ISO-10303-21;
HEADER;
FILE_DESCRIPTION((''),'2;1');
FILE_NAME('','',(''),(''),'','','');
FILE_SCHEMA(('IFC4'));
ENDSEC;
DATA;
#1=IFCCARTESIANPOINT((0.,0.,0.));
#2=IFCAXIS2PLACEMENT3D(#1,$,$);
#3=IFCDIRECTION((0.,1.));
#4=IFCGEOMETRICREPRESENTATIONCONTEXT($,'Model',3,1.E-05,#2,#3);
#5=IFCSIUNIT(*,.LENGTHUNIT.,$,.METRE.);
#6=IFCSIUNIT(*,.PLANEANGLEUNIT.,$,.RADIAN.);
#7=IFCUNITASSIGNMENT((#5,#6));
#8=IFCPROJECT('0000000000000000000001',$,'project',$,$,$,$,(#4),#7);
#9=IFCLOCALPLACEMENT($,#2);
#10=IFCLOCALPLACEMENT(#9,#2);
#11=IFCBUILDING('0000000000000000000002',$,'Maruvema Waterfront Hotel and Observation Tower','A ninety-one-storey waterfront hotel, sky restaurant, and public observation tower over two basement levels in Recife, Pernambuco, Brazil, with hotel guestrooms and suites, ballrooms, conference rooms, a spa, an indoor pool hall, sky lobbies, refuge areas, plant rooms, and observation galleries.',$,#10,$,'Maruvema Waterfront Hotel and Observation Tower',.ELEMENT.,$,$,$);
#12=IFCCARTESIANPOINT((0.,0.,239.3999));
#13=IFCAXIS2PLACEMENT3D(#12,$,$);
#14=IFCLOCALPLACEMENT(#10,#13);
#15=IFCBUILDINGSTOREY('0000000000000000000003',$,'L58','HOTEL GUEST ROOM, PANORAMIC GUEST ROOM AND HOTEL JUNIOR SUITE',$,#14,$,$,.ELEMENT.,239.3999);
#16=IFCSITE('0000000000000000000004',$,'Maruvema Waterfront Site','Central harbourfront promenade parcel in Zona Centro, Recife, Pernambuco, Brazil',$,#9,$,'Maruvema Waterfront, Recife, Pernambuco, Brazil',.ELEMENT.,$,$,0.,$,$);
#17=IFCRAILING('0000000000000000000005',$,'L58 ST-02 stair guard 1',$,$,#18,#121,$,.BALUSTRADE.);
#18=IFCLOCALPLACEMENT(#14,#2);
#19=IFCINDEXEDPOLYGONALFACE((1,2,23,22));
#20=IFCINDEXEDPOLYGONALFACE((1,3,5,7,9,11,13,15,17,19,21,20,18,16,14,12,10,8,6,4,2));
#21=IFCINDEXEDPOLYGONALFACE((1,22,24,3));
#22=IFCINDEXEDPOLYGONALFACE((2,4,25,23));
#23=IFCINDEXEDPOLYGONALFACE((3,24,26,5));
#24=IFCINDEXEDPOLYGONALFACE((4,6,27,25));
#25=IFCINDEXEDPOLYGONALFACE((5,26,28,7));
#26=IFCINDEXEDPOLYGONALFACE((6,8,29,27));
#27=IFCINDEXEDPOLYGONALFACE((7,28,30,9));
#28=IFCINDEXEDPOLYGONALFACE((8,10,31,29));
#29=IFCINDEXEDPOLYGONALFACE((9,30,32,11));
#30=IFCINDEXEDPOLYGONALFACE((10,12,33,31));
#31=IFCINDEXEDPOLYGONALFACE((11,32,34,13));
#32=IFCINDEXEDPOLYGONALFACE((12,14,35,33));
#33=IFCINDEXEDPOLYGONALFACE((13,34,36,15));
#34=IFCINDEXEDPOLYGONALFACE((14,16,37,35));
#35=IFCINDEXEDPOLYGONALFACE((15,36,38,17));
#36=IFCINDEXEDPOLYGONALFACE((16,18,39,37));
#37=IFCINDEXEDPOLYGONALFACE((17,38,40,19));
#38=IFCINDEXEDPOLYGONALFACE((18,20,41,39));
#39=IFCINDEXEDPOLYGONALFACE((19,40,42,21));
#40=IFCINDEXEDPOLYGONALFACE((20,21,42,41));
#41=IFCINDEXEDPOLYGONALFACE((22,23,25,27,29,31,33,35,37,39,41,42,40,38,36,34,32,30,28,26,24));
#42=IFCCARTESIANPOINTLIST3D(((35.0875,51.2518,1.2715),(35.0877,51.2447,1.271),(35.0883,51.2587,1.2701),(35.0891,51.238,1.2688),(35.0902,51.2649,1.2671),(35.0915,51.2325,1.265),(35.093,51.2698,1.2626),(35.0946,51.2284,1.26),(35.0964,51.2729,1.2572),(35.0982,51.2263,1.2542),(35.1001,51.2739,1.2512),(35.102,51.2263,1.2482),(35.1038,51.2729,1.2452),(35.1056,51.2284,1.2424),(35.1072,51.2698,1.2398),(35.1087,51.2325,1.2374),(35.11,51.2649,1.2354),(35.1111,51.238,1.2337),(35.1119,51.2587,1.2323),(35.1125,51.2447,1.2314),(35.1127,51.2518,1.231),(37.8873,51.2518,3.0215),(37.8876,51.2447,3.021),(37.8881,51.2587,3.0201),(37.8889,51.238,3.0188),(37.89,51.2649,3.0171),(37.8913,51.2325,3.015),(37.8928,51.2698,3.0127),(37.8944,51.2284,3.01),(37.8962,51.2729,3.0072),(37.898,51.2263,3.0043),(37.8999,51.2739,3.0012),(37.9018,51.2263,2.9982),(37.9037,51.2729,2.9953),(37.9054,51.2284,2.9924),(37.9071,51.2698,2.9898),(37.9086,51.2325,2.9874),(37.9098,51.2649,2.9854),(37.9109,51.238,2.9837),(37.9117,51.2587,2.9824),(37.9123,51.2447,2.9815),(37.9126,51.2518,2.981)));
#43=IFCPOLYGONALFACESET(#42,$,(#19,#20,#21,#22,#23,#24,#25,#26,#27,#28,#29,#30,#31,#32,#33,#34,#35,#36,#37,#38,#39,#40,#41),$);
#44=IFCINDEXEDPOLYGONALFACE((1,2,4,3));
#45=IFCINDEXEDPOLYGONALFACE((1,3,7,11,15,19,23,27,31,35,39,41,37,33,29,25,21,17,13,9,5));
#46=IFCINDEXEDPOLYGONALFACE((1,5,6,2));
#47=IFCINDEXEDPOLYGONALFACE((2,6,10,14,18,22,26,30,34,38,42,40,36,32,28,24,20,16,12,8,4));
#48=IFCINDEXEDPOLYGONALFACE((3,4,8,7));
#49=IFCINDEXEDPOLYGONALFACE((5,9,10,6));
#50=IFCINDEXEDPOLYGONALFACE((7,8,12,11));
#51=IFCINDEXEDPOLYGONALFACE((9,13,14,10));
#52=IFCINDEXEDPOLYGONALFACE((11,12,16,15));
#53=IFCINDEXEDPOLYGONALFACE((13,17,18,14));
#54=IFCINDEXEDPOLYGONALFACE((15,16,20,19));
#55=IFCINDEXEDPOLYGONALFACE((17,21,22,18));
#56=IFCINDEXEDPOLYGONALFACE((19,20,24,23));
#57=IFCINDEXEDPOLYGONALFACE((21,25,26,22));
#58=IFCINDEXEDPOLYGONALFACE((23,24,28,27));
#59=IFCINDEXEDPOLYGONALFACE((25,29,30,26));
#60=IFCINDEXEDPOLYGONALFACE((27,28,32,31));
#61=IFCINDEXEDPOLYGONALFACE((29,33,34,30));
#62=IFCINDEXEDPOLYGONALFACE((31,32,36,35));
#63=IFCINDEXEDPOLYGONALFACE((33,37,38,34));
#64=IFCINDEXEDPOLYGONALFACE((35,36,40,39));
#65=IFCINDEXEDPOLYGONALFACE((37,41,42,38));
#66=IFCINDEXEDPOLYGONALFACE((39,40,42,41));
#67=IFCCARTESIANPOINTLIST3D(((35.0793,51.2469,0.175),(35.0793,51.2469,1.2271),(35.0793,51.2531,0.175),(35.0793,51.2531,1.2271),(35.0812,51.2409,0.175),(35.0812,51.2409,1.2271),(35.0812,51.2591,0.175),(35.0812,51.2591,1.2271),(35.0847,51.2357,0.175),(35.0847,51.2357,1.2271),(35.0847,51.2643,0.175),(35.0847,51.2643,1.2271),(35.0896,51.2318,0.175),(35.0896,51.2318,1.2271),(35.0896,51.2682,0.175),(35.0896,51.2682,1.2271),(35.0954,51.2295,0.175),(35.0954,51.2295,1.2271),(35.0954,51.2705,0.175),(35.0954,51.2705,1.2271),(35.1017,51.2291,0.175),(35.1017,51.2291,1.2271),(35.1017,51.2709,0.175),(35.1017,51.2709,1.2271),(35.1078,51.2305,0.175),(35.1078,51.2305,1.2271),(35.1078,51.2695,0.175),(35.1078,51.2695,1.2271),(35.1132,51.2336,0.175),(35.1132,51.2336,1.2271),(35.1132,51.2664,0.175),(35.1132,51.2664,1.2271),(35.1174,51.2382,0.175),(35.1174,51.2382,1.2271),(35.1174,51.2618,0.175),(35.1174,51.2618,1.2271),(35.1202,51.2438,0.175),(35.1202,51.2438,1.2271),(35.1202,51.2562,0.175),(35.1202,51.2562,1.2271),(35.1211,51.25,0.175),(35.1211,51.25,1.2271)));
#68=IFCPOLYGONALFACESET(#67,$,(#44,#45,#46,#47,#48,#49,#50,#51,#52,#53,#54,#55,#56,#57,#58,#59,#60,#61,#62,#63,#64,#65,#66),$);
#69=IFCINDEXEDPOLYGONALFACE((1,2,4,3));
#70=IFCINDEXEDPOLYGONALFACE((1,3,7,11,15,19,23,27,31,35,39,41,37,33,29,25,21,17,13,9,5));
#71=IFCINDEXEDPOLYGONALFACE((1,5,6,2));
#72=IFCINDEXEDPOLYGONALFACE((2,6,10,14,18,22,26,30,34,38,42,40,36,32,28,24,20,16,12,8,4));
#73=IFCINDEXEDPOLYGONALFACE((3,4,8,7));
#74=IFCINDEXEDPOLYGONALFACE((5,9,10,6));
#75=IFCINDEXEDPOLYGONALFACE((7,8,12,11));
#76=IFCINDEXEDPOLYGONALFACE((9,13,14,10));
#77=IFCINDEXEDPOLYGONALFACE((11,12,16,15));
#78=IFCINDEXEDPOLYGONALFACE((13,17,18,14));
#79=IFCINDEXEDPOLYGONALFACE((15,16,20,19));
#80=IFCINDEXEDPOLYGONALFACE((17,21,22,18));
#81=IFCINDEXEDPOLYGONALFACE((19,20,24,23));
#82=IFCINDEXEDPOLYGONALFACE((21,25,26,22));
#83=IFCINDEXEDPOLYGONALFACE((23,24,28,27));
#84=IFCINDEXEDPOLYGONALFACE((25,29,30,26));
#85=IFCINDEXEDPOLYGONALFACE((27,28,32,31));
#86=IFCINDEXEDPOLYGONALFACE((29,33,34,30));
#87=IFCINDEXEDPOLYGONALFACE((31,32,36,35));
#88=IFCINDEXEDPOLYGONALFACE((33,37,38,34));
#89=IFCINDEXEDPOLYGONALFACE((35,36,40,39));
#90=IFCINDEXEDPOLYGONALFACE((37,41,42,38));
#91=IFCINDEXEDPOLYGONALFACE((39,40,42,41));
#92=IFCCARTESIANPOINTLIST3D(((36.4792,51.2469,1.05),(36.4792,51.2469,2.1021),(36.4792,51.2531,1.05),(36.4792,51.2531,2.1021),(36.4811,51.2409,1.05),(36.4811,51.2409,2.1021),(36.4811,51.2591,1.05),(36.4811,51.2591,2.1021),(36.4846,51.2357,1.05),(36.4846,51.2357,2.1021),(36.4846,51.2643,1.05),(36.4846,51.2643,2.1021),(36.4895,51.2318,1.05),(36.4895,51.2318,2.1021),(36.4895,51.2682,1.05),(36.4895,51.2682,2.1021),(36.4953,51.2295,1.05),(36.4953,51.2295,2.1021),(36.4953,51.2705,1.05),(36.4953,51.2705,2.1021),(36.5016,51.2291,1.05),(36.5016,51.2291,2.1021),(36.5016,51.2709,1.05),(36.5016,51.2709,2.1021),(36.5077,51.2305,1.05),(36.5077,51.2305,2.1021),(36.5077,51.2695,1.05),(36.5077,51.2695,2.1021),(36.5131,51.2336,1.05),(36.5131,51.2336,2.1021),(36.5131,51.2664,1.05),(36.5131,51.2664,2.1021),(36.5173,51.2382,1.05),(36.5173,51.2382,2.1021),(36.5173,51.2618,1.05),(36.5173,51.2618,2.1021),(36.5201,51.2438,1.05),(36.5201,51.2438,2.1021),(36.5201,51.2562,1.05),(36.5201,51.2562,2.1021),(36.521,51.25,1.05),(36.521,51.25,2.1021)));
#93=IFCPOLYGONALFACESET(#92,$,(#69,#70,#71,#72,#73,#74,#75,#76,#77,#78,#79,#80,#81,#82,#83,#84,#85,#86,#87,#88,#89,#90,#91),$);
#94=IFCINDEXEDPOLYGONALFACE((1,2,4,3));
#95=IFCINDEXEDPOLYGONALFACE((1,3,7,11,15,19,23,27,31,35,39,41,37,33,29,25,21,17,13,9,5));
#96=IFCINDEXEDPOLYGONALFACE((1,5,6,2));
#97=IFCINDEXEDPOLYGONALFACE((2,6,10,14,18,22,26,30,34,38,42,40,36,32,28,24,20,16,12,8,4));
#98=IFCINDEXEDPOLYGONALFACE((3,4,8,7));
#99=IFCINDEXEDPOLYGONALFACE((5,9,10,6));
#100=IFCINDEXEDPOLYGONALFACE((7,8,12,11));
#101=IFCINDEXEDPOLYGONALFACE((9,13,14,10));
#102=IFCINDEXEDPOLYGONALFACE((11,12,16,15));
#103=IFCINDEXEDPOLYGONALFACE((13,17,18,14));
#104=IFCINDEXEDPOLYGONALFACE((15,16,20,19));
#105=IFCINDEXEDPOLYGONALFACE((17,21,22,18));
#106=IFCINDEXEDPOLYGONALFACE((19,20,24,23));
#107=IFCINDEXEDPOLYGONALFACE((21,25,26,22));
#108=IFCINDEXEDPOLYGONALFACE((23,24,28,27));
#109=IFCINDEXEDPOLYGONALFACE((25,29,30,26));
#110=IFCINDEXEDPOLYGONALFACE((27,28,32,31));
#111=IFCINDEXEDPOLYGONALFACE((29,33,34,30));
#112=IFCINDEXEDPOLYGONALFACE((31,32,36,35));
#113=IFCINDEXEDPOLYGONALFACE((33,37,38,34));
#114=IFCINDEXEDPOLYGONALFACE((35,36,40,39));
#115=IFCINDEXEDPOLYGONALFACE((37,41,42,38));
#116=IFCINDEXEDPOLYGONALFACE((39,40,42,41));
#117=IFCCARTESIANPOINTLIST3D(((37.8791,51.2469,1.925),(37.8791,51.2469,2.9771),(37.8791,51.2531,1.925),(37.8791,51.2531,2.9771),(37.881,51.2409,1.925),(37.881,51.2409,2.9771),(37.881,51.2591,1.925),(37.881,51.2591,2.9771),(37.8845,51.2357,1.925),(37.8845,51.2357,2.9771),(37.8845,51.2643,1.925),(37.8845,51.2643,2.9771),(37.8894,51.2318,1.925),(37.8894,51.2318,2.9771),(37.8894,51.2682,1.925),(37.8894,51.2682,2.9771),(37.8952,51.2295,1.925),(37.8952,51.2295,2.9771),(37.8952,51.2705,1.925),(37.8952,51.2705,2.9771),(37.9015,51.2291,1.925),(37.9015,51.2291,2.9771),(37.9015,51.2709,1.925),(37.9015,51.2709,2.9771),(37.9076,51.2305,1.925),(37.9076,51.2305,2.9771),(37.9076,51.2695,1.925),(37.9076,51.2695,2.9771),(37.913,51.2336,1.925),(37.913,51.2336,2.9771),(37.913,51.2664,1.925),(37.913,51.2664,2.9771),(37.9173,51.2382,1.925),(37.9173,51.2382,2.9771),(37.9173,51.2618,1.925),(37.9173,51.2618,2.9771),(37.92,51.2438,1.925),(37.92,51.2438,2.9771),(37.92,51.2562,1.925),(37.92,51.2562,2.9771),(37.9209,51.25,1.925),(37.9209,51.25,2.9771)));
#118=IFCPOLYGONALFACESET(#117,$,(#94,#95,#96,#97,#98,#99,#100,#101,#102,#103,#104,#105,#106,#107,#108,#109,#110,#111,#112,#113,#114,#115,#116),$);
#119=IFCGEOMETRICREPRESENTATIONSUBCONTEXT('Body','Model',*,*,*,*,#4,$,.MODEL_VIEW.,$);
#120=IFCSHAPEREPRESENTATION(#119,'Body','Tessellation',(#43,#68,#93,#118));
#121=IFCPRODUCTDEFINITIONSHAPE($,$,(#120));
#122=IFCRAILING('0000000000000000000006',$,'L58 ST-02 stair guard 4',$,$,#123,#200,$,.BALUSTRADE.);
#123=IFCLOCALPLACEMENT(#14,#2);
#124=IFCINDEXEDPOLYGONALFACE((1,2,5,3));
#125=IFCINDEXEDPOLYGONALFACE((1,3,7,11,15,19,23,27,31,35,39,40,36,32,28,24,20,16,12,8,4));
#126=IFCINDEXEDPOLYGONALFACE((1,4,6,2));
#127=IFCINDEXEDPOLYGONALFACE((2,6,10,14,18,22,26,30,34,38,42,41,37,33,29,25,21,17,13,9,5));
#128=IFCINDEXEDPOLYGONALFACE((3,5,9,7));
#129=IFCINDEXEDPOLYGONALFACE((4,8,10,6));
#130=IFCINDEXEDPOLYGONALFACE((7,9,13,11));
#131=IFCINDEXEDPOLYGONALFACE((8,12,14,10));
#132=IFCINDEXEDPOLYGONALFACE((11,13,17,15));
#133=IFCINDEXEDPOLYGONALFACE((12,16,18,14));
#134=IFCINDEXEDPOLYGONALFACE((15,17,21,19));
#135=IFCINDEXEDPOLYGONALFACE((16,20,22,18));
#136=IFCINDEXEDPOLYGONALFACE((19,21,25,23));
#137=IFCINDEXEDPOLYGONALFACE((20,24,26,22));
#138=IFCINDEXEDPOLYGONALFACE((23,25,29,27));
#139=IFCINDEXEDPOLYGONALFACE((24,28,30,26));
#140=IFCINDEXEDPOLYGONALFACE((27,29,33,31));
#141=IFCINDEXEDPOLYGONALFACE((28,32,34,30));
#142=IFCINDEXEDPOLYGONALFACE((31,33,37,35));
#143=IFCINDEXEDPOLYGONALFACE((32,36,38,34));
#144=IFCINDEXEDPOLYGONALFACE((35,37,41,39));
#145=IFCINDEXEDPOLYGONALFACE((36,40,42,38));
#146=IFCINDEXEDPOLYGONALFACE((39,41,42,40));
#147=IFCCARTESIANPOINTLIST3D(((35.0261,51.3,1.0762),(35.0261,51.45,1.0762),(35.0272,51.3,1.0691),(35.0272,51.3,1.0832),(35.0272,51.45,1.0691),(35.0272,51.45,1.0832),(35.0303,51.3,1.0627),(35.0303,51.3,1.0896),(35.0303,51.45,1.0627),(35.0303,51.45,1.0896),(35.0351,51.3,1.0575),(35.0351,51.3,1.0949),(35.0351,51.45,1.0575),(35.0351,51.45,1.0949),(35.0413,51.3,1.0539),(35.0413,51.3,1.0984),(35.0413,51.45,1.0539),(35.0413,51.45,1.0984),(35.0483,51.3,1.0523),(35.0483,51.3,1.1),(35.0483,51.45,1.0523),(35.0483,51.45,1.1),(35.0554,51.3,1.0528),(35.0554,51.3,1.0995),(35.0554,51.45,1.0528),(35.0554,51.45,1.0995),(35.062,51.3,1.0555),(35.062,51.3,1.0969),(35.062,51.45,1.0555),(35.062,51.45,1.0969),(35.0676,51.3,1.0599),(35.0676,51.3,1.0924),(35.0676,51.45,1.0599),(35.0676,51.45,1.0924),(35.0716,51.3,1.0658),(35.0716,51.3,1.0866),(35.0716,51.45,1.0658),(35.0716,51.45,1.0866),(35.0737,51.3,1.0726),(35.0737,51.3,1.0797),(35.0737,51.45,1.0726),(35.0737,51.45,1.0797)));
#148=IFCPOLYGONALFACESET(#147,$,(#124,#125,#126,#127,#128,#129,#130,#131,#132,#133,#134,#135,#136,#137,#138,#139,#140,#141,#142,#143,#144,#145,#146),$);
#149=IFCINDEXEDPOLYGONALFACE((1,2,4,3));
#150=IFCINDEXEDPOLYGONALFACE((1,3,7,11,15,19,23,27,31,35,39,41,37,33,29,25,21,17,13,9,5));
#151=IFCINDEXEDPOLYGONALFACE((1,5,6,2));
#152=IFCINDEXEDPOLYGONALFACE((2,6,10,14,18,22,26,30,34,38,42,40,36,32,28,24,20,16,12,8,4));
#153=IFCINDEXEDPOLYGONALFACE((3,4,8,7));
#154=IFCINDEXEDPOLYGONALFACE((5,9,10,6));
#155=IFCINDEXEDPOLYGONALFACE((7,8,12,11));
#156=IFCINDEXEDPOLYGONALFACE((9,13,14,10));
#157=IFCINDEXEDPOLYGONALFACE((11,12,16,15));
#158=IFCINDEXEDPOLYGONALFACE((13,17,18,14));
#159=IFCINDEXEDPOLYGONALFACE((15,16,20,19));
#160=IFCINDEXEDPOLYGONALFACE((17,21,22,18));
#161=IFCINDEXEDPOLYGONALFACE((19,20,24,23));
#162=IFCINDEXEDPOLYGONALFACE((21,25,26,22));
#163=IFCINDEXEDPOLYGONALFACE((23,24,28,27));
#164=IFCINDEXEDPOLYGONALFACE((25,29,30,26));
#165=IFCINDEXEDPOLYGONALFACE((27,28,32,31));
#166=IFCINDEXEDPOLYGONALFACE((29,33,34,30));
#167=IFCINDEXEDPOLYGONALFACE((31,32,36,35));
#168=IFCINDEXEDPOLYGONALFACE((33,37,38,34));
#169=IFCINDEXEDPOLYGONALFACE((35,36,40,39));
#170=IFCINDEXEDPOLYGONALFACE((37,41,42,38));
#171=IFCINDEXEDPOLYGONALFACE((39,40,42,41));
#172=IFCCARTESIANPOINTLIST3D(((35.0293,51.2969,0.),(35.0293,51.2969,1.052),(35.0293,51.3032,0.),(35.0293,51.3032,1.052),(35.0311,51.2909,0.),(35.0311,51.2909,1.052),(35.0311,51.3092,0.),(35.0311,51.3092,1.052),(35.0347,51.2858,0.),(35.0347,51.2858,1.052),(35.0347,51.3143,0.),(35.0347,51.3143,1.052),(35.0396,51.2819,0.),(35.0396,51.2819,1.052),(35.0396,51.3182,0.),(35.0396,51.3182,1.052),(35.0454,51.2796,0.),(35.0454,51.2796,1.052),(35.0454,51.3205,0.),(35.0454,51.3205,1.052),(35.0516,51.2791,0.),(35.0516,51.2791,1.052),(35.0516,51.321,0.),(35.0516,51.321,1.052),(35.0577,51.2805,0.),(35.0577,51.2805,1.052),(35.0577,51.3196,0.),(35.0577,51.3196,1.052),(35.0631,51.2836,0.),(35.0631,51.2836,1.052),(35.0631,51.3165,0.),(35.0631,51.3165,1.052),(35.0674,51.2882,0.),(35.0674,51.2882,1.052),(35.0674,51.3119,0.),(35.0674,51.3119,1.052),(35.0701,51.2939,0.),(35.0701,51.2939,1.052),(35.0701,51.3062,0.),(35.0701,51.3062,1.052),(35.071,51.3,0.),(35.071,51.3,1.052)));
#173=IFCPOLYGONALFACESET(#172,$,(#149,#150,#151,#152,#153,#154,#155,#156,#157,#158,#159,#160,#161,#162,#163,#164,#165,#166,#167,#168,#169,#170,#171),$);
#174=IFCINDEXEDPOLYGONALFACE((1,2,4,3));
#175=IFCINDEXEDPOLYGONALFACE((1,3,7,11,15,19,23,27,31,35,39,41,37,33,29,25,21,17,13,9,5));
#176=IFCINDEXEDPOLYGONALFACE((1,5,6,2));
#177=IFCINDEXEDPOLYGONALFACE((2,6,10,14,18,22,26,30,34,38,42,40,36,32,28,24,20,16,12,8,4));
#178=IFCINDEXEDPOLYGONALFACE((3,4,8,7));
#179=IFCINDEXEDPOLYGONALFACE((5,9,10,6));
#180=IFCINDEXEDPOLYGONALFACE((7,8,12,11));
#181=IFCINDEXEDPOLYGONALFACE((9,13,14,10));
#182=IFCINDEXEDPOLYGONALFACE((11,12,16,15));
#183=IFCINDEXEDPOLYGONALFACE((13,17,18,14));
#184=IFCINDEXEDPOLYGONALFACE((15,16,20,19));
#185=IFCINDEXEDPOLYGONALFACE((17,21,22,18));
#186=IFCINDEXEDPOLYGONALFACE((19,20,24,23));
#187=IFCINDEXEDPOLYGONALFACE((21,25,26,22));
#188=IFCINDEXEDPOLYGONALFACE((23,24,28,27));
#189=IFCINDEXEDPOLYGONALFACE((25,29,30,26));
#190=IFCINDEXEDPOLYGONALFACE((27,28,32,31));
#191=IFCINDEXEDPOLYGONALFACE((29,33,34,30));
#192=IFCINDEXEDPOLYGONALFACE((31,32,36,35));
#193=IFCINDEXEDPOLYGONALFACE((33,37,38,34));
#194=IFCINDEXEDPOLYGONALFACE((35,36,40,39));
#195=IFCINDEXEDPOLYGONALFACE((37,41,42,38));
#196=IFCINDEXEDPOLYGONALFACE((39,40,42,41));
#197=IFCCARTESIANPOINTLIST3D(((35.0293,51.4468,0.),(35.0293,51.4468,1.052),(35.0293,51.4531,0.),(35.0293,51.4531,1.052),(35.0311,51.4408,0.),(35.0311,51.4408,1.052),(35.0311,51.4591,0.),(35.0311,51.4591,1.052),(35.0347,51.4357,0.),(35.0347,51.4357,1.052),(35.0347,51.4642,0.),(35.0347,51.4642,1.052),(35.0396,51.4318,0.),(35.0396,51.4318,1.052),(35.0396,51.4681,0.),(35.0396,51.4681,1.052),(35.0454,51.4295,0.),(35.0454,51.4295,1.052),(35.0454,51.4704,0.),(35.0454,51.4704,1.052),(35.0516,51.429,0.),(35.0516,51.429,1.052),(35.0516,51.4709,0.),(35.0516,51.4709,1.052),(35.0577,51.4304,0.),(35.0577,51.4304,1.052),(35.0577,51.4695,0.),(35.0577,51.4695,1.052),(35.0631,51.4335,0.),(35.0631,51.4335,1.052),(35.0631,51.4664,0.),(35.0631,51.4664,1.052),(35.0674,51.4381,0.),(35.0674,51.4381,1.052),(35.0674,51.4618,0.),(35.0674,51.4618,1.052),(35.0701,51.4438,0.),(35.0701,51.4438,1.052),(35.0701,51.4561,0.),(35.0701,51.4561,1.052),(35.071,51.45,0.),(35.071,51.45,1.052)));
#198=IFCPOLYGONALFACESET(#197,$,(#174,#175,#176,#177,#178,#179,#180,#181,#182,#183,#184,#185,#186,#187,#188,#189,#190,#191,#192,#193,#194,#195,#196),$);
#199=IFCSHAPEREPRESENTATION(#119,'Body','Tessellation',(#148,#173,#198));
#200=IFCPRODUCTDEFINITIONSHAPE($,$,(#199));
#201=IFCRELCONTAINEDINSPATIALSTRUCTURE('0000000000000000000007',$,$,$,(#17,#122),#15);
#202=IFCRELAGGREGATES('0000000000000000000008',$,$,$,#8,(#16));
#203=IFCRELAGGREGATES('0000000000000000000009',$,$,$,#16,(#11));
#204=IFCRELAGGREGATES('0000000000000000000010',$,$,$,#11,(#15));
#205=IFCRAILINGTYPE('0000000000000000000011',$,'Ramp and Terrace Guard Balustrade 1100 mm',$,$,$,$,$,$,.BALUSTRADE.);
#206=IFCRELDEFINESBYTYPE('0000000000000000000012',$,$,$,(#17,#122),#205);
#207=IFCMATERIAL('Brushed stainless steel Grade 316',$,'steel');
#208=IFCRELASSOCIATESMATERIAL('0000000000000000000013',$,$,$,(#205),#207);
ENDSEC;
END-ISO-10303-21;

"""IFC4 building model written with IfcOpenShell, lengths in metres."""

from ifc_helpers import new_model, si_unit, direction, frame, origin, origin_2d, place, context, subcontext, project, spatial, circle, extrude, material, type_object, element, save


model = new_model("IFC4")

# Units and contexts
model_context = context("Model", 3, precision=1e-05, world=origin(), true_north=direction((0.0, 1.0)))
body_context = subcontext(model_context, "Body", "Model", "MODEL_VIEW")
ifc_project = project(units=[si_unit("LENGTHUNIT", "METRE"), si_unit("PLANEANGLEUNIT", "RADIAN")], contexts=[model_context])

# Site, building, storey
site_placement = place(None, origin())
site = spatial("IfcSite", under=ifc_project, at=site_placement, Name="Maruvema Waterfront Site", Description="Central harbourfront promenade parcel in Zona Centro, Recife, Pernambuco, Brazil", LongName="Maruvema Waterfront, Recife, Pernambuco, Brazil", CompositionType="ELEMENT", RefElevation=0.0)
building_placement = place(site_placement, origin())
building = spatial("IfcBuilding", under=site, at=building_placement, Name="Maruvema Waterfront Hotel and Observation Tower", Description="A ninety-one-storey waterfront hotel, sky restaurant, and public observation tower over two basement levels in Recife, Pernambuco, Brazil, with hotel guestrooms and suites, ballrooms, conference rooms, a spa, an indoor pool hall, sky lobbies, refuge areas, plant rooms, and observation galleries.", LongName="Maruvema Waterfront Hotel and Observation Tower", CompositionType="ELEMENT")
storey_placement = place(building_placement, frame((0.0, 0.0, 239.3999)))
storey = spatial("IfcBuildingStorey", under=building, at=storey_placement, Name="L58", Description="HOTEL GUEST ROOM, PANORAMIC GUEST ROOM AND HOTEL JUNIOR SUITE", CompositionType="ELEMENT", Elevation=239.3999)

# Railings
ifc_material_1 = material(Name="Brushed stainless steel Grade 316", Category="steel")
railing_type_1 = type_object("IfcRailingType", Name="Ramp and Terrace Guard Balustrade 1100 mm", PredefinedType="BALUSTRADE", material=ifc_material_1)
railing_1_placement = place(storey_placement, frame((35.1001, 51.25, 0.175)))
element("IfcRailing", 1, at=railing_1_placement, inside=storey, type_object=railing_type_1, Name="L58 ST-02 stair guard 1", PredefinedType="BALUSTRADE", context=body_context, shape_type="SweptSolid", body=[
    extrude(circle(Radius=0.0239, at=origin_2d()), frame((0.0, 0.0, 1.0762), z_axis=(0.847982, 0.0, 0.530026), x_axis=(0.0, 1.0, 0.0)), (0.0, 0.0, 1.0), 3.3018),
    extrude(circle(Radius=0.021, at=origin_2d()), origin(), (0.0, 0.0, 1.0), 1.052),
    extrude(circle(Radius=0.021, at=origin_2d()), frame((1.3999, 0.0, 0.875)), (0.0, 0.0, 1.0), 1.052),
    extrude(circle(Radius=0.021, at=origin_2d()), frame((2.7998, 0.0, 1.75)), (0.0, 0.0, 1.0), 1.052),
])
railing_2_placement = place(storey_placement, frame((35.05, 51.3, 0.0)))
element("IfcRailing", 2, at=railing_2_placement, inside=storey, type_object=railing_type_1, Name="L58 ST-02 stair guard 4", PredefinedType="BALUSTRADE", context=body_context, shape_type="SweptSolid", body=[
    extrude(circle(Radius=0.0239, at=origin_2d()), frame((0.0, 0.0, 1.0762), z_axis=(0.0, 1.0, 0.0), x_axis=(-1.0, 0.0, 0.0)), (0.0, 0.0, 1.0), 0.1499),
    extrude(circle(Radius=0.021, at=origin_2d()), origin(), (0.0, 0.0, 1.0), 1.052),
    extrude(circle(Radius=0.021, at=origin_2d()), frame((0.0, 0.1499, 0.0)), (0.0, 0.0, 1.0), 1.052),
])

save(model, "model.ifc")
